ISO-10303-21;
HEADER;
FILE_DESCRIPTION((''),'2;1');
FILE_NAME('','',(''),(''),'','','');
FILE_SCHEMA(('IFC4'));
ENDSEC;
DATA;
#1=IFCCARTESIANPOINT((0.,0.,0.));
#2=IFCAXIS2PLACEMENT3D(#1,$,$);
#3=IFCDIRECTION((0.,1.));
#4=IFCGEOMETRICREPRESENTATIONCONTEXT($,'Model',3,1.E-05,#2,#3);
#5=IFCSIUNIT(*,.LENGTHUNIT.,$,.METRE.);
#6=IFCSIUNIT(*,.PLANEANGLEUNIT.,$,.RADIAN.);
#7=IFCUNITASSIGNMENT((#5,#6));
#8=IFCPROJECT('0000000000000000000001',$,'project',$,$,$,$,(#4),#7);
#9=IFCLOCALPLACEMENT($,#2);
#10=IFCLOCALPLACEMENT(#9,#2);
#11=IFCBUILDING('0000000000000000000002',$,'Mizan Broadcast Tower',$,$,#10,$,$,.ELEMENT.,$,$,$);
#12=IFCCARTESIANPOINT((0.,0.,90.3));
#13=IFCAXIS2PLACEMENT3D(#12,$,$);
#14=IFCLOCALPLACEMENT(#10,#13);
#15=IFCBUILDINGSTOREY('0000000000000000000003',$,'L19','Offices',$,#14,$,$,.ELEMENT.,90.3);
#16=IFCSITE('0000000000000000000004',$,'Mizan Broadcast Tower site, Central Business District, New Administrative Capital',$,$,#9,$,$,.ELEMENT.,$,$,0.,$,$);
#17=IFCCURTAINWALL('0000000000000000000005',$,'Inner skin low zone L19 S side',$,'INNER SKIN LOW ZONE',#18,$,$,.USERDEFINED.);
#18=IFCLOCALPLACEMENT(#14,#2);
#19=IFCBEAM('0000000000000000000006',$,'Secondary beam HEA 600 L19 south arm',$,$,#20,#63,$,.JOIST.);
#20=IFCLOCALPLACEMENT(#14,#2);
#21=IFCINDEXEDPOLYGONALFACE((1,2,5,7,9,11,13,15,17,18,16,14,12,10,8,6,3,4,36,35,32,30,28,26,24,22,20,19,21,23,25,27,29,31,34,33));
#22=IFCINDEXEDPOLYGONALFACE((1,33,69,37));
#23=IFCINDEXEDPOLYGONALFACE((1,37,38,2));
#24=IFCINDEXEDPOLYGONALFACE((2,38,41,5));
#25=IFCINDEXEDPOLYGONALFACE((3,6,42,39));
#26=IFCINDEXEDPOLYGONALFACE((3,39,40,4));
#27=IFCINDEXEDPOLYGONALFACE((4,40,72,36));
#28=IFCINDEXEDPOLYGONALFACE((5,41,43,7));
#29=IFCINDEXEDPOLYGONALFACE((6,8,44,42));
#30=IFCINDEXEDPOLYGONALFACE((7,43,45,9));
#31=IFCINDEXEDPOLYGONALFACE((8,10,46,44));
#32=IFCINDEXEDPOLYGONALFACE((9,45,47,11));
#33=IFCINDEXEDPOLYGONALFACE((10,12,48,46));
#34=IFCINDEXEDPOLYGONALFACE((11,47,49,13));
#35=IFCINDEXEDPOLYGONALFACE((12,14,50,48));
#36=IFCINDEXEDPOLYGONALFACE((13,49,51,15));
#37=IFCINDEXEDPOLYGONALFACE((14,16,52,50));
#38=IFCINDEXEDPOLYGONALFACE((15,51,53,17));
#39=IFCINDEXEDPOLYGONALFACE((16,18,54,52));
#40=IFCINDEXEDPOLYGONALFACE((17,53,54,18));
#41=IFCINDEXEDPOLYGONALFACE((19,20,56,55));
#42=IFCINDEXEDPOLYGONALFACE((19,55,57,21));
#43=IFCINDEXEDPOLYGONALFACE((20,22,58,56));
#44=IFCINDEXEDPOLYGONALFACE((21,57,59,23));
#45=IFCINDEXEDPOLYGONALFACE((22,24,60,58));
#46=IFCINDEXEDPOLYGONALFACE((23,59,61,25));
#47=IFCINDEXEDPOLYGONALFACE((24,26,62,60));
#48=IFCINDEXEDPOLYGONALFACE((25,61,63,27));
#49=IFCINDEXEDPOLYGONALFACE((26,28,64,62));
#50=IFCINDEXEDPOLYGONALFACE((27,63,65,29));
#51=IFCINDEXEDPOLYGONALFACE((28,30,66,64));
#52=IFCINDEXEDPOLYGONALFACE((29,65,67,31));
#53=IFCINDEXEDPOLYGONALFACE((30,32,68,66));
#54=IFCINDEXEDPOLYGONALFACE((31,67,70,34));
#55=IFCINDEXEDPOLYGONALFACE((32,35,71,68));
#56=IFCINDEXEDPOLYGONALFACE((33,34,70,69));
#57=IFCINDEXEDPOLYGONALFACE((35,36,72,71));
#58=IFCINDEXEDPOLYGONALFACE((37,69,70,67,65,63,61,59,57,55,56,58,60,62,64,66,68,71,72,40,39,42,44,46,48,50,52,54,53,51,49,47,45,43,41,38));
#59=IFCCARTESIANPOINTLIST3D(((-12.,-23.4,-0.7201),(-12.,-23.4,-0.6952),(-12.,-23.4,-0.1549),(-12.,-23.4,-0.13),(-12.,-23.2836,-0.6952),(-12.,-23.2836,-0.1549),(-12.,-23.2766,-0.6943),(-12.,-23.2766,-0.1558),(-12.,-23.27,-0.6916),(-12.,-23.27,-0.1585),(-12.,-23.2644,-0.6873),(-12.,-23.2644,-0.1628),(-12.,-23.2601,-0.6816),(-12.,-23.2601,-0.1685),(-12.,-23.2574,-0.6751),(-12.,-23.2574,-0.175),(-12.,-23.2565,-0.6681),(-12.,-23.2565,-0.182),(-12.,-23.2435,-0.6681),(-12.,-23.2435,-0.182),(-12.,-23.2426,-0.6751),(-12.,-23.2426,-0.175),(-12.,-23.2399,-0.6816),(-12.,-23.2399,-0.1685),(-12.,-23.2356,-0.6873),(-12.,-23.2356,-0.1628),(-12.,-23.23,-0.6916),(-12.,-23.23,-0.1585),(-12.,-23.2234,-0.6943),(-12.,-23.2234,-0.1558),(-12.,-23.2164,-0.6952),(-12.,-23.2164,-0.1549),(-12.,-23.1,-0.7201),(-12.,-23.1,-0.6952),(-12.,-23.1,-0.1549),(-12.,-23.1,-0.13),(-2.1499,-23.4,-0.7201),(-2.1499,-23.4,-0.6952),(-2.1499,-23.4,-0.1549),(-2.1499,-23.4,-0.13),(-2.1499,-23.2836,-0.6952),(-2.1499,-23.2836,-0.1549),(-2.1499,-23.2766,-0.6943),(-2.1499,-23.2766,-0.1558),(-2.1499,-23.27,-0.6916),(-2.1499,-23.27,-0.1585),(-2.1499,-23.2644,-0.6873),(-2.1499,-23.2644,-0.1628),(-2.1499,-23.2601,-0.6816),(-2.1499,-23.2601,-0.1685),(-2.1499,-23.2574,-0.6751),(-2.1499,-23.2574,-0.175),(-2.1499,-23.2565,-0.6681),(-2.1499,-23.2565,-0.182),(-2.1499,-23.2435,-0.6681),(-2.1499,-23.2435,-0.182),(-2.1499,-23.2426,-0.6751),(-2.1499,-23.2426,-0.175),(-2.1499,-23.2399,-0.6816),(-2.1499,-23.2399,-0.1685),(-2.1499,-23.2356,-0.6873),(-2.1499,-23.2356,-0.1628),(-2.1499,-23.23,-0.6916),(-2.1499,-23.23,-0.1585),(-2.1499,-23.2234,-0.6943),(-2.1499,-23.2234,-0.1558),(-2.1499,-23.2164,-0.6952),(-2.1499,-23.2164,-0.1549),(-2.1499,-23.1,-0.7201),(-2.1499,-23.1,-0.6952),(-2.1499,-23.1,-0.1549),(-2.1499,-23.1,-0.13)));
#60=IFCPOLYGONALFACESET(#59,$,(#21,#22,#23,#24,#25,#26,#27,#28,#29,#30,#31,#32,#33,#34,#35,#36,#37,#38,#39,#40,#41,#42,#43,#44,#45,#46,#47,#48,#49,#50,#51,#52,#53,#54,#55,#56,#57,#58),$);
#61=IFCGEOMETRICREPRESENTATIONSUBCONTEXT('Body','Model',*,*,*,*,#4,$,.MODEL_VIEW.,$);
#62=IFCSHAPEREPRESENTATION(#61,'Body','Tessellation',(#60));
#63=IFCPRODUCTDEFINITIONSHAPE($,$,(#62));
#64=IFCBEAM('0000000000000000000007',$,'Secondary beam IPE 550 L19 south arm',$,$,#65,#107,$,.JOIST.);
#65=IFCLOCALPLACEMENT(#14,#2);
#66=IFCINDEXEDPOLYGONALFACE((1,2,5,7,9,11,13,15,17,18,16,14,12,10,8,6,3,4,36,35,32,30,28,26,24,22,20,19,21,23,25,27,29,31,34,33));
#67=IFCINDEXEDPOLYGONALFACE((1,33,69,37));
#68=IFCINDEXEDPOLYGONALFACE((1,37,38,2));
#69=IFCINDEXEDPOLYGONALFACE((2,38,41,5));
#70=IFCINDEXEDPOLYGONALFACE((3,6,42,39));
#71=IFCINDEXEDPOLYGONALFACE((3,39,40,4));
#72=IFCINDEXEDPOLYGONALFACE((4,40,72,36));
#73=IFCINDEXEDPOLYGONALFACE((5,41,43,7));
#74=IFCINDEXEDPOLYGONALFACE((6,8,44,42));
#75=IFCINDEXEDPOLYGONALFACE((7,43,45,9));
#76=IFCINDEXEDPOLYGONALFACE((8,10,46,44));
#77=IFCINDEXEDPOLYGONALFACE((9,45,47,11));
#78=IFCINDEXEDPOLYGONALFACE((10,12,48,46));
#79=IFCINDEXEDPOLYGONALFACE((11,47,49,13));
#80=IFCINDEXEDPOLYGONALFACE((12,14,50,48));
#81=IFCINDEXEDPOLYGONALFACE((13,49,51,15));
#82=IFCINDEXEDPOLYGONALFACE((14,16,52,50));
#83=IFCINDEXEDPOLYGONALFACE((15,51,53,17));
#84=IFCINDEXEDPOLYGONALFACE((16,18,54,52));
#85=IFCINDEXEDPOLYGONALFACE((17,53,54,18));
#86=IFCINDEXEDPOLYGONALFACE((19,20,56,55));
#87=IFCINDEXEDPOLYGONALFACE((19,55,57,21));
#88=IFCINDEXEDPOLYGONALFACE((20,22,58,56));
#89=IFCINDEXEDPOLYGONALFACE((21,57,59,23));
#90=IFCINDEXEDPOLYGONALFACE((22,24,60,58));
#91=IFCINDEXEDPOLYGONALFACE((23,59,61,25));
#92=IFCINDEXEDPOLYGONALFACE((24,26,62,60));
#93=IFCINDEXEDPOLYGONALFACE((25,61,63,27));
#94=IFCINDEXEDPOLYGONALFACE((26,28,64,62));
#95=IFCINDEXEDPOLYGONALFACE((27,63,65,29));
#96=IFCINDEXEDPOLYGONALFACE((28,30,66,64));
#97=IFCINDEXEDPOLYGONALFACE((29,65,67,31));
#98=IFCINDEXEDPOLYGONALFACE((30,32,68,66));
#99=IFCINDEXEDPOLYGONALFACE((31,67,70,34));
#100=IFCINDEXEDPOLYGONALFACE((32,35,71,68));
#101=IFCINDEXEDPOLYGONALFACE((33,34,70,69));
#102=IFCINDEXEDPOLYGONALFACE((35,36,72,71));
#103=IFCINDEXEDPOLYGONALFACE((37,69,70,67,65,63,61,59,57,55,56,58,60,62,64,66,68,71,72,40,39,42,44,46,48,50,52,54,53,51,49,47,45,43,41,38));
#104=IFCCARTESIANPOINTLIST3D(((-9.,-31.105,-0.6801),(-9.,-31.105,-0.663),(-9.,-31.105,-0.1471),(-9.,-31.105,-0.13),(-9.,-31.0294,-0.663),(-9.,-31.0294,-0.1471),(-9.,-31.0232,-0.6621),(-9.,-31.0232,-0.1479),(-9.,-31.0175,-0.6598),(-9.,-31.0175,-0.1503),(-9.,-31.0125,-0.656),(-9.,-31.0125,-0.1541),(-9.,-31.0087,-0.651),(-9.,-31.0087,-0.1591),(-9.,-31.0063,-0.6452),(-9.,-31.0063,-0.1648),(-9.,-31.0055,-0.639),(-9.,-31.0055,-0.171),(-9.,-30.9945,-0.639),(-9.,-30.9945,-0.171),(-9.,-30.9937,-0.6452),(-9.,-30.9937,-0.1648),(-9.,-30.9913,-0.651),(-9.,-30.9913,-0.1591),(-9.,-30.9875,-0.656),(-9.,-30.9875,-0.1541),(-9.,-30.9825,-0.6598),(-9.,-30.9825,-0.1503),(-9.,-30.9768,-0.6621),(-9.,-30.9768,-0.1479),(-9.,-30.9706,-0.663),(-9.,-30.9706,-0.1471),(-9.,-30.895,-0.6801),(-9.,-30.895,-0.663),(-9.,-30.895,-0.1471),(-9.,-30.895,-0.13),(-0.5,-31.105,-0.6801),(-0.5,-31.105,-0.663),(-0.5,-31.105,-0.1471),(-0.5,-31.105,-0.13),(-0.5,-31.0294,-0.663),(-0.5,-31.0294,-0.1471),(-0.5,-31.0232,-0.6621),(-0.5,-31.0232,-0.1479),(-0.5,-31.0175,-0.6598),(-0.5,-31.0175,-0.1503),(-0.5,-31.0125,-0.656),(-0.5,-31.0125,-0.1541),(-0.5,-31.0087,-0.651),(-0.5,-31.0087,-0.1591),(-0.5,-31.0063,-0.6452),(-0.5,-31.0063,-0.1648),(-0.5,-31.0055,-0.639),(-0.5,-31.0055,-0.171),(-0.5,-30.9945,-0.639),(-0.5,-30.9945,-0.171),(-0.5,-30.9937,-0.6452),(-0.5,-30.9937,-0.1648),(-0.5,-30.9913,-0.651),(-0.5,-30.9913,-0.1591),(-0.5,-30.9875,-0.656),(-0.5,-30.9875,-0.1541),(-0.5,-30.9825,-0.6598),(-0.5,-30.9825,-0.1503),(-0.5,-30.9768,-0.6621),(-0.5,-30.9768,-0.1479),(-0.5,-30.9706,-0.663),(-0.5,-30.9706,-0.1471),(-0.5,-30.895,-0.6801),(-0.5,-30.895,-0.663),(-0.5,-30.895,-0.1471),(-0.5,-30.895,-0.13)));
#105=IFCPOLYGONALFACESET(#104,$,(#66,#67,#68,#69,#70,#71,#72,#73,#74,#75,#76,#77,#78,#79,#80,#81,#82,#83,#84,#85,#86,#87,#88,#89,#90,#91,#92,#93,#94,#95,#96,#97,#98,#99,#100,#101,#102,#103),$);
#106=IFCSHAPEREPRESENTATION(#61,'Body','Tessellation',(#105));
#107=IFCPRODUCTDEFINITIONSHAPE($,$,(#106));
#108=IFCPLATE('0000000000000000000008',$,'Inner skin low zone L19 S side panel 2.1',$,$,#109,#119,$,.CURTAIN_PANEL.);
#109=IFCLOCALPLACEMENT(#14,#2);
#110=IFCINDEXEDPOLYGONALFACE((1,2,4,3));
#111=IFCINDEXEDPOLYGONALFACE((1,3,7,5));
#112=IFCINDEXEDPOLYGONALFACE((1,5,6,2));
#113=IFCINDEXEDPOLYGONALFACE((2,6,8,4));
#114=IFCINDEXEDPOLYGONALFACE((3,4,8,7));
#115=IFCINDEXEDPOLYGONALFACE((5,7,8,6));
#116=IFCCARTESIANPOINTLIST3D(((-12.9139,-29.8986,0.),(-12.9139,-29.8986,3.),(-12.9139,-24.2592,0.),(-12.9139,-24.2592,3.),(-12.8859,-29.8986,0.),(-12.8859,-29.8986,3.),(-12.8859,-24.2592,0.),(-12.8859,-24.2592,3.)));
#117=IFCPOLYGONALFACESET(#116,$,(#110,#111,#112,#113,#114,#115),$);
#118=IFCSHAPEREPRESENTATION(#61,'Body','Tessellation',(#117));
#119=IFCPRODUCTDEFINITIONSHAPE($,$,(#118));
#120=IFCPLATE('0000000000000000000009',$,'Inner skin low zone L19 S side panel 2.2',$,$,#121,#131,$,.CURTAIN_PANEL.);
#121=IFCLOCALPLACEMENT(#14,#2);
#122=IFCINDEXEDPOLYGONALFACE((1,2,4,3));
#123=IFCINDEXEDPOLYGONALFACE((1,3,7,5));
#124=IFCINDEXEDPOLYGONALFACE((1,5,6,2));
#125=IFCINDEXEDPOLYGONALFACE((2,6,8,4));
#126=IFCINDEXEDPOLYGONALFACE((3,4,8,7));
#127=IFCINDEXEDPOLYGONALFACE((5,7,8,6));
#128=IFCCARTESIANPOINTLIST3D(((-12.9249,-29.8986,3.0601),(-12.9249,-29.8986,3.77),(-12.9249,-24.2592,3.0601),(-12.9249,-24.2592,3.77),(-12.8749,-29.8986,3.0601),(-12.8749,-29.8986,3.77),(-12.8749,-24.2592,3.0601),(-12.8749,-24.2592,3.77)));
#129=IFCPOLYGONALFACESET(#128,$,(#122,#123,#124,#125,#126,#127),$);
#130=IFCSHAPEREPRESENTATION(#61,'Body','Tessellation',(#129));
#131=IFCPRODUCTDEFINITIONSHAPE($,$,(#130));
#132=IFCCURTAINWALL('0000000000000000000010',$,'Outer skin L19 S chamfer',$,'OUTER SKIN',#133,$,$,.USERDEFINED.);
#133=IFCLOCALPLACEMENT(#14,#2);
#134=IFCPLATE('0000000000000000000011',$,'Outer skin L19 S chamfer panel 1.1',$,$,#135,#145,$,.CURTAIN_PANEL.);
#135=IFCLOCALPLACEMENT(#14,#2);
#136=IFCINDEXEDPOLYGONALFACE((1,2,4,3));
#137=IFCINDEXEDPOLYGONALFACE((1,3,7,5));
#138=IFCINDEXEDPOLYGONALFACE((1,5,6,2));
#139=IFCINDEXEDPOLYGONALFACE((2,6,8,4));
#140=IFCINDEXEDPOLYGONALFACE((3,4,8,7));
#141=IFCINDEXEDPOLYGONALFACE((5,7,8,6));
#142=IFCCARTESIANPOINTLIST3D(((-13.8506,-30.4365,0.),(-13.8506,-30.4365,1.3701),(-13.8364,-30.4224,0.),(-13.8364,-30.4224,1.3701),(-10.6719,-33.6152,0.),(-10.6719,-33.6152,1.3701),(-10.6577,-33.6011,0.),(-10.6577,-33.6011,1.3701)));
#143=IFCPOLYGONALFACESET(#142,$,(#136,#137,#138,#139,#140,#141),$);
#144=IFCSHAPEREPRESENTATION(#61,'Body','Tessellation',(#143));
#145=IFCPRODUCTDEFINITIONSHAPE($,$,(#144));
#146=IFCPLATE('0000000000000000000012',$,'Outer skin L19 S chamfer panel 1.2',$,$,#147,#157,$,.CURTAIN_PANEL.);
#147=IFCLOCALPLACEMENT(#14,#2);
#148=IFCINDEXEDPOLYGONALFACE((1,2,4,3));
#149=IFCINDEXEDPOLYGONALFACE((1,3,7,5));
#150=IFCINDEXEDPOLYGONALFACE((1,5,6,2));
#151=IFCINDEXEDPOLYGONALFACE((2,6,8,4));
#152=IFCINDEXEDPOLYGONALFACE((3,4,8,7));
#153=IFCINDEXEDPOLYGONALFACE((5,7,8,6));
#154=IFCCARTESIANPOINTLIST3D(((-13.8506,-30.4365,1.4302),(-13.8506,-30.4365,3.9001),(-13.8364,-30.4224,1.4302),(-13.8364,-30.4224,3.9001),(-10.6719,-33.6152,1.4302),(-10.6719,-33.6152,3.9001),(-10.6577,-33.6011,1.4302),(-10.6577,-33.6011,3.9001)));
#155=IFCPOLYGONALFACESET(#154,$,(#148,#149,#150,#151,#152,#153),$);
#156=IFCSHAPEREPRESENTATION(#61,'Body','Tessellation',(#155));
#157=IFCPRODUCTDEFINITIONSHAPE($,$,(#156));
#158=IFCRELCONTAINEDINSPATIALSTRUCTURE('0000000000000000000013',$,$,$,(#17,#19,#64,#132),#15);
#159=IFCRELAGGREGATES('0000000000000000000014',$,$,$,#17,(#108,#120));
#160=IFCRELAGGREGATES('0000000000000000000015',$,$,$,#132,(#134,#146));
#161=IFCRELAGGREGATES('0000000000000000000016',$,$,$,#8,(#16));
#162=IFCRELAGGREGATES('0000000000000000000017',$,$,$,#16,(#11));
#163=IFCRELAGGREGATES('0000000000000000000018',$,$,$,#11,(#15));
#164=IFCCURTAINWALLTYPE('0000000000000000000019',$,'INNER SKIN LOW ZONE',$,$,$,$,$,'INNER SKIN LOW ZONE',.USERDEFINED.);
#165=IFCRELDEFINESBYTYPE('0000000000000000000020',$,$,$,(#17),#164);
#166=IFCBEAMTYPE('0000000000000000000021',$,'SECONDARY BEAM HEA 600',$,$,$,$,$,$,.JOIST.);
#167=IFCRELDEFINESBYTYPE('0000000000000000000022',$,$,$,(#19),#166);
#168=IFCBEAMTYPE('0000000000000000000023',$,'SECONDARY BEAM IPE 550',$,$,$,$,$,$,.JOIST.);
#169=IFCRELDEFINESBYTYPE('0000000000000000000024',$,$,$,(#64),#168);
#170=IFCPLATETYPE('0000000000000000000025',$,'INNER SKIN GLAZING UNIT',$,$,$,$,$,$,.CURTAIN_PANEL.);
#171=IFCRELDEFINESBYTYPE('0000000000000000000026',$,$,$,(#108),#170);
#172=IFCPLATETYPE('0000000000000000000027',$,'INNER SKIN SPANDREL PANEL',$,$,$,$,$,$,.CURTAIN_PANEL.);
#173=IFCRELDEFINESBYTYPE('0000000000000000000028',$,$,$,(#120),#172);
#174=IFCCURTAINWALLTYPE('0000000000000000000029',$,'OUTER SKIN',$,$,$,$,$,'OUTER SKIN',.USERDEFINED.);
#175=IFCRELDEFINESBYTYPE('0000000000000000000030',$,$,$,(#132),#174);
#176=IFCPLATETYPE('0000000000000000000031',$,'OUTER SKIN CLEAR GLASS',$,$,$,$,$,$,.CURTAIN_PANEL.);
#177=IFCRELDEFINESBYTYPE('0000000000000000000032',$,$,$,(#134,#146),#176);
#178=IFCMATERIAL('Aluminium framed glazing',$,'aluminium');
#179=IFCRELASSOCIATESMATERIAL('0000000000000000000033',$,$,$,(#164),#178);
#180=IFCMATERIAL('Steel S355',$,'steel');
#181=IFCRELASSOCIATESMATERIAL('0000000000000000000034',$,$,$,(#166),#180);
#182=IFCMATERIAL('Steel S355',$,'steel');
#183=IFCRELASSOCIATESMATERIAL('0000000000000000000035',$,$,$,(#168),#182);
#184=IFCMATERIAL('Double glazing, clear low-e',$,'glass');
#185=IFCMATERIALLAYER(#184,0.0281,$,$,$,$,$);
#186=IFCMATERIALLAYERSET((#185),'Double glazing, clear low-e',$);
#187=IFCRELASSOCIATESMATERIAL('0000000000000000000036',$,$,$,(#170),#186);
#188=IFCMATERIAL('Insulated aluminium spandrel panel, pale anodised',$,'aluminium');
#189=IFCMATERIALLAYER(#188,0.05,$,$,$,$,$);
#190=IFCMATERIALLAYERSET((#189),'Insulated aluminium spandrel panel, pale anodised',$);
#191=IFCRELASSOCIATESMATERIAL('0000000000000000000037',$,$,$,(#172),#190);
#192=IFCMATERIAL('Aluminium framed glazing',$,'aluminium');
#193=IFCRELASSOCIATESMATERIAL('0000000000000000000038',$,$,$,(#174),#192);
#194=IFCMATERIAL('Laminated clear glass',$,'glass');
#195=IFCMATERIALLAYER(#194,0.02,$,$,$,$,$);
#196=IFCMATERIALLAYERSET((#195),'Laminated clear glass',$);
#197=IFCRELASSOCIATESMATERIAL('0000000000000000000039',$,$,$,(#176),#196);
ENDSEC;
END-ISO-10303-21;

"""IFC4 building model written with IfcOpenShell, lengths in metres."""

from ifc_helpers import new_model, si_unit, direction, frame, origin, origin_2d, place, context, subcontext, project, spatial, rectangle, i_section, extrude, material, layer, layer_set, material_profile, profile_set, type_object, element, aggregate, save


model = new_model("IFC4")

# Units and contexts
model_context = context("Model", 3, precision=1e-05, world=origin(), true_north=direction((0.0, 1.0)))
body_context = subcontext(model_context, "Body", "Model", "MODEL_VIEW")
ifc_project = project(units=[si_unit("LENGTHUNIT", "METRE"), si_unit("PLANEANGLEUNIT", "RADIAN")], contexts=[model_context])

# Site, building, storey
site_placement = place(None, origin())
site = spatial("IfcSite", under=ifc_project, at=site_placement, Name="Mizan Broadcast Tower site, Central Business District, New Administrative Capital", CompositionType="ELEMENT", RefElevation=0.0)
building_placement = place(site_placement, origin())
building = spatial("IfcBuilding", under=site, at=building_placement, Name="Mizan Broadcast Tower", CompositionType="ELEMENT")
storey_placement = place(building_placement, frame((0.0, 0.0, 90.3)))
storey = spatial("IfcBuildingStorey", under=building, at=storey_placement, Name="L19", Description="Offices", CompositionType="ELEMENT", Elevation=90.3)

# Curtain wall
ifc_material_1 = material(Name="Aluminium framed glazing", Category="aluminium")
curtain_wall_type_1 = type_object("IfcCurtainWallType", Name="INNER SKIN LOW ZONE", ElementType="INNER SKIN LOW ZONE", PredefinedType="USERDEFINED", material=ifc_material_1)
curtain_wall_1_placement = place(storey_placement, origin())
curtain_wall_1 = element("IfcCurtainWall", 1, at=curtain_wall_1_placement, inside=storey, type_object=curtain_wall_type_1, Name="Inner skin low zone L19 S side", ObjectType="INNER SKIN LOW ZONE", PredefinedType="USERDEFINED")

# Beams
ifc_material_2 = material(Name="Steel S355", Category="steel")
ifc_material_profile_1 = material_profile(ifc_material_2, i_section(OverallWidth=0.3, OverallDepth=0.5901, WebThickness=0.0129, FlangeThickness=0.0249, FilletRadius=0.0271, at=origin_2d()), Name="HEA 600")
ifc_profile_set_1 = profile_set([ifc_material_profile_1], Name="Steel S355")
beam_type_1 = type_object("IfcBeamType", Name="SECONDARY BEAM HEA 600", PredefinedType="JOIST", material=ifc_profile_set_1)
beam_1_placement = place(storey_placement, frame((-12.0, -23.25, -0.425), z_axis=(1.0, 0.0, 0.0), x_axis=(0.0, 1.0, 0.0)))
element("IfcBeam", 2, at=beam_1_placement, inside=storey, type_object=beam_type_1, Name="Secondary beam HEA 600 L19 south arm", PredefinedType="JOIST", context=body_context, shape_type="SweptSolid", body=[
    extrude(i_section(OverallWidth=0.3, OverallDepth=0.5901, WebThickness=0.0129, FlangeThickness=0.0249, FilletRadius=0.0271, at=origin_2d()), origin(), (0.0, 0.0, 1.0), 9.8501),
])
ifc_material_3 = material(Name="Steel S355", Category="steel")
ifc_material_profile_2 = material_profile(ifc_material_3, i_section(OverallWidth=0.21, OverallDepth=0.55, WebThickness=0.011, FlangeThickness=0.0171, FilletRadius=0.0239, at=origin_2d()), Name="IPE 550")
ifc_profile_set_2 = profile_set([ifc_material_profile_2], Name="Steel S355")
beam_type_2 = type_object("IfcBeamType", Name="SECONDARY BEAM IPE 550", PredefinedType="JOIST", material=ifc_profile_set_2)
beam_2_placement = place(storey_placement, frame((-9.0, -31.0, -0.405), z_axis=(1.0, 0.0, 0.0), x_axis=(0.0, 1.0, 0.0)))
element("IfcBeam", 3, at=beam_2_placement, inside=storey, type_object=beam_type_2, Name="Secondary beam IPE 550 L19 south arm", PredefinedType="JOIST", context=body_context, shape_type="SweptSolid", body=[
    extrude(i_section(OverallWidth=0.21, OverallDepth=0.55, WebThickness=0.011, FlangeThickness=0.0171, FilletRadius=0.0239, at=origin_2d()), origin(), (0.0, 0.0, 1.0), 8.5),
])

# Plates
ifc_material_4 = material(Name="Double glazing, clear low-e", Category="glass")
ifc_layer_1 = layer(ifc_material_4, 0.0281)
ifc_layer_set_1 = layer_set([ifc_layer_1], Name="Double glazing, clear low-e")
plate_type_1 = type_object("IfcPlateType", Name="INNER SKIN GLAZING UNIT", PredefinedType="CURTAIN_PANEL", material=ifc_layer_set_1)
plate_1_placement = place(storey_placement, frame((-12.8999, -27.0789, 0.0), z_axis=(0.0, 0.0, 1.0), x_axis=(0.0, -1.0, 0.0)))
plate_1 = element("IfcPlate", 4, at=plate_1_placement, type_object=plate_type_1, Name="Inner skin low zone L19 S side panel 2.1", PredefinedType="CURTAIN_PANEL", context=body_context, shape_type="SweptSolid", body=[
    extrude(rectangle(XDim=5.6394, YDim=0.0281, at=origin_2d()), origin(), (0.0, 0.0, 1.0), 3.0),
])
ifc_material_5 = material(Name="Insulated aluminium spandrel panel, pale anodised", Category="aluminium")
ifc_layer_2 = layer(ifc_material_5, 0.05)
ifc_layer_set_2 = layer_set([ifc_layer_2], Name="Insulated aluminium spandrel panel, pale anodised")
plate_type_2 = type_object("IfcPlateType", Name="INNER SKIN SPANDREL PANEL", PredefinedType="CURTAIN_PANEL", material=ifc_layer_set_2)
plate_2_placement = place(storey_placement, frame((-12.8999, -27.0789, 3.0601), z_axis=(0.0, 0.0, 1.0), x_axis=(0.0, -1.0, 0.0)))
plate_2 = element("IfcPlate", 5, at=plate_2_placement, type_object=plate_type_2, Name="Inner skin low zone L19 S side panel 2.2", PredefinedType="CURTAIN_PANEL", context=body_context, shape_type="SweptSolid", body=[
    extrude(rectangle(XDim=5.6394, YDim=0.05, at=origin_2d()), origin(), (0.0, 0.0, 1.0), 0.71),
])
aggregate(curtain_wall_1, [plate_1, plate_2])

# Curtain wall, plates
ifc_material_6 = material(Name="Aluminium framed glazing", Category="aluminium")
curtain_wall_type_2 = type_object("IfcCurtainWallType", Name="OUTER SKIN", ElementType="OUTER SKIN", PredefinedType="USERDEFINED", material=ifc_material_6)
curtain_wall_2_placement = place(storey_placement, origin())
curtain_wall_2 = element("IfcCurtainWall", 6, at=curtain_wall_2_placement, inside=storey, type_object=curtain_wall_type_2, Name="Outer skin L19 S chamfer", ObjectType="OUTER SKIN", PredefinedType="USERDEFINED")
ifc_material_7 = material(Name="Laminated clear glass", Category="glass")
ifc_layer_3 = layer(ifc_material_7, 0.02)
ifc_layer_set_3 = layer_set([ifc_layer_3], Name="Laminated clear glass")
plate_type_3 = type_object("IfcPlateType", Name="OUTER SKIN CLEAR GLASS", PredefinedType="CURTAIN_PANEL", material=ifc_layer_set_3)
plate_3_placement = place(storey_placement, frame((-12.2542, -32.0188, 0.0), z_axis=(0.0, 0.0, 1.0), x_axis=(0.707107, -0.707107, 0.0)))
plate_3 = element("IfcPlate", 7, at=plate_3_placement, type_object=plate_type_3, Name="Outer skin L19 S chamfer panel 1.1", PredefinedType="CURTAIN_PANEL", context=body_context, shape_type="SweptSolid", body=[
    extrude(rectangle(XDim=4.4954, YDim=0.02, at=origin_2d()), origin(), (0.0, 0.0, 1.0), 1.3701),
])
plate_4_placement = place(storey_placement, frame((-12.2542, -32.0188, 1.4302), z_axis=(0.0, 0.0, 1.0), x_axis=(0.707107, -0.707107, 0.0)))
plate_4 = element("IfcPlate", 8, at=plate_4_placement, type_object=plate_type_3, Name="Outer skin L19 S chamfer panel 1.2", PredefinedType="CURTAIN_PANEL", context=body_context, shape_type="SweptSolid", body=[
    extrude(rectangle(XDim=4.4954, YDim=0.02, at=origin_2d()), origin(), (0.0, 0.0, 1.0), 2.47),
])
aggregate(curtain_wall_2, [plate_3, plate_4])

save(model, "model.ifc")
